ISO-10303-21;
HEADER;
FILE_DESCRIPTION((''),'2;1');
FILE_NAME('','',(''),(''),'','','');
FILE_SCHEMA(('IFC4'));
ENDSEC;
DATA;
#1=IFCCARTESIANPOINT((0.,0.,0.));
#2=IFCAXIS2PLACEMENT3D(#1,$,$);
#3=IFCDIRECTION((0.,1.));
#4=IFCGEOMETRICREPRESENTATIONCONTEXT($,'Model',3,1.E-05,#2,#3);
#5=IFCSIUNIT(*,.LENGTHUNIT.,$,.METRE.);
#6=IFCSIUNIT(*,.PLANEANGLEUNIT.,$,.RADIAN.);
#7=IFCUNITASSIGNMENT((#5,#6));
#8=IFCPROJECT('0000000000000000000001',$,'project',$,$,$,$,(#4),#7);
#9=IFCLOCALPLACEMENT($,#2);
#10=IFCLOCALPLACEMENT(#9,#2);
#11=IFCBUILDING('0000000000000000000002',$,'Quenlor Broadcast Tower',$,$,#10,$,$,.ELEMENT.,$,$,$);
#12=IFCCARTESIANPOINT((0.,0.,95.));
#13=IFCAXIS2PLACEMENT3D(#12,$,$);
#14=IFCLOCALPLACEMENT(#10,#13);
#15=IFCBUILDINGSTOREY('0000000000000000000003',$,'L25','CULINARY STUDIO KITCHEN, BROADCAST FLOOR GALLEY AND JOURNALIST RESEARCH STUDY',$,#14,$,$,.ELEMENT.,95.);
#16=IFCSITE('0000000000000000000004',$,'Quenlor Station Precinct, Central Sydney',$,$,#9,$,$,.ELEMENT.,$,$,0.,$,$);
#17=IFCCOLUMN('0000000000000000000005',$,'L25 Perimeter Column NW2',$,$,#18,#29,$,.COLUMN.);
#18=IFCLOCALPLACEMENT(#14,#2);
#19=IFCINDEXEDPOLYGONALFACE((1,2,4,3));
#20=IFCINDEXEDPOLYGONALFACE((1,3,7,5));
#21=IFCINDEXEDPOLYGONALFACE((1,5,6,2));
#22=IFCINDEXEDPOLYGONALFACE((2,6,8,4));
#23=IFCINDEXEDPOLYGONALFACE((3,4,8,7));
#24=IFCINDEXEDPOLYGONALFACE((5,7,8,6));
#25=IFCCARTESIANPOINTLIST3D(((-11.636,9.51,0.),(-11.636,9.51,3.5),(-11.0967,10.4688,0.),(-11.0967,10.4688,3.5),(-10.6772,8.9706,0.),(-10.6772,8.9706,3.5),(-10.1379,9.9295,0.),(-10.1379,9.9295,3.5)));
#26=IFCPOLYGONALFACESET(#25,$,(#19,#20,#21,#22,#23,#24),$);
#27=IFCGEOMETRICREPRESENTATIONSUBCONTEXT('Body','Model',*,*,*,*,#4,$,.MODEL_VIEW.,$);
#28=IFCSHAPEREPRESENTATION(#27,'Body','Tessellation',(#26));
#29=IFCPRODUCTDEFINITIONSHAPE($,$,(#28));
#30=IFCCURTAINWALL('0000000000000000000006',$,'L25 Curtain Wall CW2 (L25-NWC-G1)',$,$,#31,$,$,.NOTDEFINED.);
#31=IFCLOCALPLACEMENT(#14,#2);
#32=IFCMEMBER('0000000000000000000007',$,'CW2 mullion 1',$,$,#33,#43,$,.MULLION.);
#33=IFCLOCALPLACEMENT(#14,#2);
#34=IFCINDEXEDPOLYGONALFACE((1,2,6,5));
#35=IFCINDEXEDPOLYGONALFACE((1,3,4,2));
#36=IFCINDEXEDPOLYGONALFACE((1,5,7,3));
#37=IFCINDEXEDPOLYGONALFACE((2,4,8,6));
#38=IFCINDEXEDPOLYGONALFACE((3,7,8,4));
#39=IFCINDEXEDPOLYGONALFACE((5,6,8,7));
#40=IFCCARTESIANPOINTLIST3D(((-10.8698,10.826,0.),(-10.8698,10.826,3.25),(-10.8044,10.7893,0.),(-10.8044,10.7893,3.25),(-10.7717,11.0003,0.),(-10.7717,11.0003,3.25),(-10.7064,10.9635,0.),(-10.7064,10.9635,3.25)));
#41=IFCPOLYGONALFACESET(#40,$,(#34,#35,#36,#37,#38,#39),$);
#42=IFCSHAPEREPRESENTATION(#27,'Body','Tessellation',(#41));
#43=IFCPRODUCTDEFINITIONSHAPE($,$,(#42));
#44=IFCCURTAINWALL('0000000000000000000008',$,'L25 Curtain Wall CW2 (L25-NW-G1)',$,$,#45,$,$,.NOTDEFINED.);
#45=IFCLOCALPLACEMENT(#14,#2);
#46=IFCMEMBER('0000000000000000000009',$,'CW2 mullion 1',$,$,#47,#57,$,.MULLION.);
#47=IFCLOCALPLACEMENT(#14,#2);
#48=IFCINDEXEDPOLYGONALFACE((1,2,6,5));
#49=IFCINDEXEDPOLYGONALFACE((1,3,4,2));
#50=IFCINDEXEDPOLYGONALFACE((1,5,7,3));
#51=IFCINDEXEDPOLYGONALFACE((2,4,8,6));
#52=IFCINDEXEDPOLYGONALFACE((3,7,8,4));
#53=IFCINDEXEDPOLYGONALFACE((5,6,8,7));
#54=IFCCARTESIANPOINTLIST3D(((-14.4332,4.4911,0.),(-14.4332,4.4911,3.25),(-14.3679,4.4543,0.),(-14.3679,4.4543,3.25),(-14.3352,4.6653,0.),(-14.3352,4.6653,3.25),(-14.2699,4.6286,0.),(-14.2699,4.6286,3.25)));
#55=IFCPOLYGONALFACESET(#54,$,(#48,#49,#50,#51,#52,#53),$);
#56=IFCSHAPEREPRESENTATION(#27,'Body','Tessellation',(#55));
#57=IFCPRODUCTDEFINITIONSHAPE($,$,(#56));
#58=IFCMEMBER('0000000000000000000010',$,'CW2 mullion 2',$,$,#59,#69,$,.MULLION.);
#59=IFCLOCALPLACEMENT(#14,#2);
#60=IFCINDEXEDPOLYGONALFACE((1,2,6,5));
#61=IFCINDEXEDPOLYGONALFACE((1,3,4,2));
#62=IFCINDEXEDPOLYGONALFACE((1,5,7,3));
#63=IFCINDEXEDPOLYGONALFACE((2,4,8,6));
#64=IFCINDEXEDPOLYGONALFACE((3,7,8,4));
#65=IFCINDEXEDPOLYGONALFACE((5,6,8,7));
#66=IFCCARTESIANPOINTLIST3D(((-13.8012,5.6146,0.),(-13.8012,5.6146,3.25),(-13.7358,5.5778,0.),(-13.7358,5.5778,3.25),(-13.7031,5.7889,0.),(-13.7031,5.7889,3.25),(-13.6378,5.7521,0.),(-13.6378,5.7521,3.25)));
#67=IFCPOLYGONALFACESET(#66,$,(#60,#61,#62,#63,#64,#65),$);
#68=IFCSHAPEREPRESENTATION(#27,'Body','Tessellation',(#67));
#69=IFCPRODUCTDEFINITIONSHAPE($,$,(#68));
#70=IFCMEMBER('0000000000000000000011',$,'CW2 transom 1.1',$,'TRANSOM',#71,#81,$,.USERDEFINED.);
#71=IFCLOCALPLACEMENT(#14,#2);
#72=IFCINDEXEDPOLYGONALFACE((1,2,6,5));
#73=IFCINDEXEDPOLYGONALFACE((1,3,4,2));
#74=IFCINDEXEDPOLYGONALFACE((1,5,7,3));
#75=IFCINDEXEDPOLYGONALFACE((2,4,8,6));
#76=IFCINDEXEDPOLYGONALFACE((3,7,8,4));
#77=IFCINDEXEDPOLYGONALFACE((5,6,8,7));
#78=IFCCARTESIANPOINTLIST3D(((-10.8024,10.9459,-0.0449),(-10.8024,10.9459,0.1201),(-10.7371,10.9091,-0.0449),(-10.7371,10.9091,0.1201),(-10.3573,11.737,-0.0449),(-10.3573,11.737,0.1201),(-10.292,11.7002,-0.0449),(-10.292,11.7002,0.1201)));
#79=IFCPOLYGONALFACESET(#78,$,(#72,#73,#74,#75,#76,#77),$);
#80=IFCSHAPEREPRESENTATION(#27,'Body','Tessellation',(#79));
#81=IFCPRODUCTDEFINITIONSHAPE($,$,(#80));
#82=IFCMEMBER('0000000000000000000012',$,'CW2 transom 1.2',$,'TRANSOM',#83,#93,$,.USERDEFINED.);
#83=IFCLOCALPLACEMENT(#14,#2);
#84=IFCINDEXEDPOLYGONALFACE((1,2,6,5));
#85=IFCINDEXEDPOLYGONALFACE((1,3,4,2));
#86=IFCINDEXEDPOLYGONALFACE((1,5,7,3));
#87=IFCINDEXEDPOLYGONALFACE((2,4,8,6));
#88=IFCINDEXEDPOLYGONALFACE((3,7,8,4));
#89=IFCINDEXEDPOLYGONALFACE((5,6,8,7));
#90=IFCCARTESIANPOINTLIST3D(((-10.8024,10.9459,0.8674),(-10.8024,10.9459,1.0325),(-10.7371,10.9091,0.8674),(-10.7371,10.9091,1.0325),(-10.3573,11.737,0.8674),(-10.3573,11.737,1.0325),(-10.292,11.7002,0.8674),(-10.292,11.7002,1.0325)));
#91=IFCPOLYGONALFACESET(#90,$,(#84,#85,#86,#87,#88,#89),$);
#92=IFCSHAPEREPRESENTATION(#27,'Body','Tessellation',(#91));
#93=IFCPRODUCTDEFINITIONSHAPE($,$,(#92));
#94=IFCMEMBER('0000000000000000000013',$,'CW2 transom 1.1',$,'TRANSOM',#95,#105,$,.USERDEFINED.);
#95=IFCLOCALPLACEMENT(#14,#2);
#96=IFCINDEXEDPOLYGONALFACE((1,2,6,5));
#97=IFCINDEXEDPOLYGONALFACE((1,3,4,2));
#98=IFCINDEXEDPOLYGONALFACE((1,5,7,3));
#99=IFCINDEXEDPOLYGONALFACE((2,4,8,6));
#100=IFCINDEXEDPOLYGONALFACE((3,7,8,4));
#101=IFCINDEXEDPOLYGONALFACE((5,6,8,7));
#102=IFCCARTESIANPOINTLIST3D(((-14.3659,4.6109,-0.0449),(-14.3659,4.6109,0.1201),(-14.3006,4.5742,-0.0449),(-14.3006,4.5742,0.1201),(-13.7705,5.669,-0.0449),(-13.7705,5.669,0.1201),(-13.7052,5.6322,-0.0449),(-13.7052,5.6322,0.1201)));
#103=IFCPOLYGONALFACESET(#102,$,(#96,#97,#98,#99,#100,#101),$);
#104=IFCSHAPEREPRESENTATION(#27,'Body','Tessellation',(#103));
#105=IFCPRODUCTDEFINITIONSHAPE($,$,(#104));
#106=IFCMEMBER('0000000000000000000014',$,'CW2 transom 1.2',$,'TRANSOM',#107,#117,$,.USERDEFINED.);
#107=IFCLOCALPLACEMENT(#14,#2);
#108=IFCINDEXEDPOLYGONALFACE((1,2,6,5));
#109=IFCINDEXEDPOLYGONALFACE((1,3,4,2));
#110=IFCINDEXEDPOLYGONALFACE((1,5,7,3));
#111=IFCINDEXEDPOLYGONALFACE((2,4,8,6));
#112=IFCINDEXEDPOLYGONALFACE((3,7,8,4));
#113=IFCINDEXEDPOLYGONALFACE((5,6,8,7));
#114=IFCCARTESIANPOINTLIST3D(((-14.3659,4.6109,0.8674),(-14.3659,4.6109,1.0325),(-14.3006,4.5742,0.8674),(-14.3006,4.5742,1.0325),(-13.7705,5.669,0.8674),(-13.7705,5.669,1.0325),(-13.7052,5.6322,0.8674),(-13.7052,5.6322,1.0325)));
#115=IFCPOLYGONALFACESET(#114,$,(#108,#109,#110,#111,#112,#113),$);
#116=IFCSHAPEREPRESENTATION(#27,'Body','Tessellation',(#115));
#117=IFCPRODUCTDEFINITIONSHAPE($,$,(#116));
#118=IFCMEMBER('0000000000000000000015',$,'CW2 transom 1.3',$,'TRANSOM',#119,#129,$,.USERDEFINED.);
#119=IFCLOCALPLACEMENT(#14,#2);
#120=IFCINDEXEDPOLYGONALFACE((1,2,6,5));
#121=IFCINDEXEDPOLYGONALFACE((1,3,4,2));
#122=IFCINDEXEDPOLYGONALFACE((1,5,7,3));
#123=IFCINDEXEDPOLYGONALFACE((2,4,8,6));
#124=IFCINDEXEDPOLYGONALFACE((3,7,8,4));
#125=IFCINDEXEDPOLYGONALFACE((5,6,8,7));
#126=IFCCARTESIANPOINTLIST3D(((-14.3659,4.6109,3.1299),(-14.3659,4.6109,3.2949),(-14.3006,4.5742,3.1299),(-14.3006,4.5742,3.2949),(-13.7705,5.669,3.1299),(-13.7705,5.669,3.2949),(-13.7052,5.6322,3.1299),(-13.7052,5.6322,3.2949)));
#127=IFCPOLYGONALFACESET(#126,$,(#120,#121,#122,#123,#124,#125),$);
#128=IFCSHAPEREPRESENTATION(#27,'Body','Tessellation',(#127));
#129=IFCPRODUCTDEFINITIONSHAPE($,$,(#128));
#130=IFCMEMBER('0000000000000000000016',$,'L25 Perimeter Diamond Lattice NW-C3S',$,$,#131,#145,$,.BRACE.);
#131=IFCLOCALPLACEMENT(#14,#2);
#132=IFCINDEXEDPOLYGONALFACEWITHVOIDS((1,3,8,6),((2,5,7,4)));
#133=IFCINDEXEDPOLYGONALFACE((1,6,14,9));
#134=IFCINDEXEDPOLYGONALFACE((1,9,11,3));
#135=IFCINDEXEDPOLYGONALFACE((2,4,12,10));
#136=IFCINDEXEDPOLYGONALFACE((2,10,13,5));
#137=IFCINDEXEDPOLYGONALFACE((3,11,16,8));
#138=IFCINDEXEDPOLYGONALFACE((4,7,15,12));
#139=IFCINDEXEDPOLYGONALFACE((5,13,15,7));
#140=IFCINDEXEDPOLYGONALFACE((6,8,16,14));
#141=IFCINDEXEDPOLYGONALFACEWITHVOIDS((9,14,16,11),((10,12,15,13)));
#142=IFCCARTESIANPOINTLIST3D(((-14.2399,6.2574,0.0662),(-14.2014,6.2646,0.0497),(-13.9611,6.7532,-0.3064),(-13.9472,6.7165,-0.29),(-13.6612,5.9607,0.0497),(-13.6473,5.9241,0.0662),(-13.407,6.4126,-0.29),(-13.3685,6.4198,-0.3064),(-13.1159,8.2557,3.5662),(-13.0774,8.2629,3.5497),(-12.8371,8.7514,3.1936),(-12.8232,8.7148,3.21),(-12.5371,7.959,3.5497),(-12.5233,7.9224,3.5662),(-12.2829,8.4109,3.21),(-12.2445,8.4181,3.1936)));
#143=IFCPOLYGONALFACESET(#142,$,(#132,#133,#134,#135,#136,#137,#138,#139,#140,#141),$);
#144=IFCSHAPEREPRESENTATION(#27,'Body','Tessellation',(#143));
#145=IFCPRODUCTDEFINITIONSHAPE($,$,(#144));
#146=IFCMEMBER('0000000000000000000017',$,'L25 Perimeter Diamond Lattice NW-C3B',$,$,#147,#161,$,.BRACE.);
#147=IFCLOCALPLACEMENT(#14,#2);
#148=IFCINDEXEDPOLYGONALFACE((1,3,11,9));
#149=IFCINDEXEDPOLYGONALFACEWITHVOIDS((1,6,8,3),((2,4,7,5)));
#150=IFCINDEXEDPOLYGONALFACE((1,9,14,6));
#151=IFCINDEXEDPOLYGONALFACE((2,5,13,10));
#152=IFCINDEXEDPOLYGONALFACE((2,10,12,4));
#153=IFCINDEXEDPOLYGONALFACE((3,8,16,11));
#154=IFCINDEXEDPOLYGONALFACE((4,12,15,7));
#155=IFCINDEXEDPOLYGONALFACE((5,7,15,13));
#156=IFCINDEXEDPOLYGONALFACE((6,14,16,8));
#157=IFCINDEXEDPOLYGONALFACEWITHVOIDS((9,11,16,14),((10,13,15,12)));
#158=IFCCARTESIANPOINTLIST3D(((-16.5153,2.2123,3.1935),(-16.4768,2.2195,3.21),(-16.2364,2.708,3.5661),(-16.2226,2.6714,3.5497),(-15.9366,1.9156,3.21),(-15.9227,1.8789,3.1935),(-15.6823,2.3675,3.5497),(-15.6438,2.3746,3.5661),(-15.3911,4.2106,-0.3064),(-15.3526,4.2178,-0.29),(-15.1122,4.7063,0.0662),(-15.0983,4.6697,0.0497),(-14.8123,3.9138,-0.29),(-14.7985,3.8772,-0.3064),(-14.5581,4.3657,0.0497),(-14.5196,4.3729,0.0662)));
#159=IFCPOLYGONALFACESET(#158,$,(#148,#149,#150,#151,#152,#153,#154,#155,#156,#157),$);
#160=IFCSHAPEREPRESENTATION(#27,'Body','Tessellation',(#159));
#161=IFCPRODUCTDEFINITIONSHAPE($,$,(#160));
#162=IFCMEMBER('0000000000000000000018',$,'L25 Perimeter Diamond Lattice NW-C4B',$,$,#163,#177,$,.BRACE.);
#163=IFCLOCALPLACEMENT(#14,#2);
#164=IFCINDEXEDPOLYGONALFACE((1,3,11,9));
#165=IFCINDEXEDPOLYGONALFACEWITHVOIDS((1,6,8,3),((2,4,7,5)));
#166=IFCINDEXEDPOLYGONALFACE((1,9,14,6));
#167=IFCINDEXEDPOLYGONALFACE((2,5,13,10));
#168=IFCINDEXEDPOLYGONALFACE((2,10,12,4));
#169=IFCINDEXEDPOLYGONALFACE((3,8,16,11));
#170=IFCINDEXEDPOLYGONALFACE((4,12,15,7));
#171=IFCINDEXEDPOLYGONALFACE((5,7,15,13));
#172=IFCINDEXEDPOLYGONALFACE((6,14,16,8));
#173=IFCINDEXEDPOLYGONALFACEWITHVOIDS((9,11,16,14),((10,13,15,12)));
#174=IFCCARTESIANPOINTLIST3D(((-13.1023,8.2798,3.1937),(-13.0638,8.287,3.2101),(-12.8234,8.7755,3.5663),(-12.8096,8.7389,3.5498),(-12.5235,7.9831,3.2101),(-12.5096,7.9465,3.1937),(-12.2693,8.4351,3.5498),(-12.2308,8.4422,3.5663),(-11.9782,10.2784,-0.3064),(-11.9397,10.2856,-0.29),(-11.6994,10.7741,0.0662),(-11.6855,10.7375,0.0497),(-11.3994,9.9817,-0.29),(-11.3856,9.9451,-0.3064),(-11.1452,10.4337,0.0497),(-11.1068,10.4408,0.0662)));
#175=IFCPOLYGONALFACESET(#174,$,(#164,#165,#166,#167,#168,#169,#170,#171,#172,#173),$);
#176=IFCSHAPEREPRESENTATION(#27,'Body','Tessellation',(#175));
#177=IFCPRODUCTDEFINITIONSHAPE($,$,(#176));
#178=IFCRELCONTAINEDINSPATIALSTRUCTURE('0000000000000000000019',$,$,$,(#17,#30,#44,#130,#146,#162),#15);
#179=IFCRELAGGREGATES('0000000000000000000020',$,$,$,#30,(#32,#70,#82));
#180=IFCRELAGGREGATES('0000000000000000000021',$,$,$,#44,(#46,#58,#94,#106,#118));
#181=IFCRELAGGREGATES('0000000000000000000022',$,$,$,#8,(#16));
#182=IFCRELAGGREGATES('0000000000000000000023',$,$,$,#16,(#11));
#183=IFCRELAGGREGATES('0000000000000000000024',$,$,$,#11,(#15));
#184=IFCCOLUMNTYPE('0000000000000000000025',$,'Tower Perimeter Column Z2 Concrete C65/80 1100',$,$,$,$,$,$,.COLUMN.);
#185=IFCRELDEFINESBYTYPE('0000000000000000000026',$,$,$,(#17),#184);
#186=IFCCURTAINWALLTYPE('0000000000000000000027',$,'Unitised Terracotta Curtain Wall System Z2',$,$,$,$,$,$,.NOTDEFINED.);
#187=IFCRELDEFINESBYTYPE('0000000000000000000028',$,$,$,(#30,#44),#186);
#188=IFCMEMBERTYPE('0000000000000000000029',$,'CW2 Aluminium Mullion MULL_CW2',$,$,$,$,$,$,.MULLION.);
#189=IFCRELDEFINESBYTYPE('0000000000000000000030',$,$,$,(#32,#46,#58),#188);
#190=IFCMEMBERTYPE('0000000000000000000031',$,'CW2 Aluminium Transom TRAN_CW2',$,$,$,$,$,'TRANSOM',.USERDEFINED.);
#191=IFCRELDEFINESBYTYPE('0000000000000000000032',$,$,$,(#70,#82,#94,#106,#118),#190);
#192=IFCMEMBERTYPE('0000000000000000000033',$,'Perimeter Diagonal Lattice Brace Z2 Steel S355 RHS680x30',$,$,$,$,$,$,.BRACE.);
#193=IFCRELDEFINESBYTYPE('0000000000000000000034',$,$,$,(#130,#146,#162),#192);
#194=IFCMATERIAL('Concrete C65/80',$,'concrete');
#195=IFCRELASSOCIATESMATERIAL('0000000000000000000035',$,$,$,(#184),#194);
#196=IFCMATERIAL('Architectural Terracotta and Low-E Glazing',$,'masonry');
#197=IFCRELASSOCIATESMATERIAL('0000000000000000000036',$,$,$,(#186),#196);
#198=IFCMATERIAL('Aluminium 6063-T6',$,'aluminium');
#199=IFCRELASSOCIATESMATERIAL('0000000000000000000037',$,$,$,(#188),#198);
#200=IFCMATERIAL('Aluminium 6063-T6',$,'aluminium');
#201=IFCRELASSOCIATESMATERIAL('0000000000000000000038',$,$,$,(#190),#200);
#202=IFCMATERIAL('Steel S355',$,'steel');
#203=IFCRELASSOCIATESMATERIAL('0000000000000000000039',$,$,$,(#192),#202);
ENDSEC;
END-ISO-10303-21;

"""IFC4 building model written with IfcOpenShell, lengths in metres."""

from ifc_helpers import new_model, si_unit, direction, frame, origin, origin_2d, place, context, subcontext, project, spatial, rectangle, hollow_rectangle, extrude, material, material_profile, profile_set, type_object, element, aggregate, save


model = new_model("IFC4")

# Units and contexts
model_context = context("Model", 3, precision=1e-05, world=origin(), true_north=direction((0.0, 1.0)))
body_context = subcontext(model_context, "Body", "Model", "MODEL_VIEW")
ifc_project = project(units=[si_unit("LENGTHUNIT", "METRE"), si_unit("PLANEANGLEUNIT", "RADIAN")], contexts=[model_context])

# Site, building, storey
site_placement = place(None, origin())
site = spatial("IfcSite", under=ifc_project, at=site_placement, Name="Quenlor Station Precinct, Central Sydney", CompositionType="ELEMENT", RefElevation=0.0)
building_placement = place(site_placement, origin())
building = spatial("IfcBuilding", under=site, at=building_placement, Name="Quenlor Broadcast Tower", CompositionType="ELEMENT")
storey_placement = place(building_placement, frame((0.0, 0.0, 95.0)))
storey = spatial("IfcBuildingStorey", under=building, at=storey_placement, Name="L25", Description="CULINARY STUDIO KITCHEN, BROADCAST FLOOR GALLEY AND JOURNALIST RESEARCH STUDY", CompositionType="ELEMENT", Elevation=95.0)

# Column
ifc_material_1 = material(Name="Concrete C65/80", Category="concrete")
ifc_material_profile_1 = material_profile(ifc_material_1, rectangle(XDim=1.1001, YDim=1.1001, at=origin_2d()))
ifc_profile_set_1 = profile_set([ifc_material_profile_1], Name="Concrete C65/80 RC1100x1100")
column_type = type_object("IfcColumnType", Name="Tower Perimeter Column Z2 Concrete C65/80 1100", PredefinedType="COLUMN", material=ifc_profile_set_1)
column_placement = place(storey_placement, frame((-10.887, 9.7197, 0.0), z_axis=(0.0, 0.0, 1.0), x_axis=(-0.871575, 0.490262, 0.0)))
element("IfcColumn", 1, at=column_placement, inside=storey, type_object=column_type, Name="L25 Perimeter Column NW2", PredefinedType="COLUMN", context=body_context, shape_type="SweptSolid", body=[
    extrude(rectangle(XDim=1.1001, YDim=1.1001, at=origin_2d()), origin(), (0.0, 0.0, 1.0), 3.5),
])

# Curtain wall, member
ifc_material_2 = material(Name="Architectural Terracotta and Low-E Glazing", Category="masonry")
curtain_wall_type = type_object("IfcCurtainWallType", Name="Unitised Terracotta Curtain Wall System Z2", PredefinedType="NOTDEFINED", material=ifc_material_2)
curtain_wall_1_placement = place(storey_placement, origin())
curtain_wall_1 = element("IfcCurtainWall", 2, at=curtain_wall_1_placement, inside=storey, type_object=curtain_wall_type, Name="L25 Curtain Wall CW2 (L25-NWC-G1)", PredefinedType="NOTDEFINED")
ifc_material_3 = material(Name="Aluminium 6063-T6", Category="aluminium")
ifc_material_profile_2 = material_profile(ifc_material_3, rectangle(XDim=0.075, YDim=0.2, at=origin_2d()))
ifc_profile_set_2 = profile_set([ifc_material_profile_2], Name="Aluminium 6063-T6 MULL75x200")
member_type_1 = type_object("IfcMemberType", Name="CW2 Aluminium Mullion MULL_CW2", PredefinedType="MULLION", material=ifc_profile_set_2)
member_1_placement = place(storey_placement, frame((-10.7881, 10.8948, 0.0), z_axis=(0.0, 0.0, 1.0), x_axis=(-0.871581, 0.490252, 0.0)))
member_1 = element("IfcMember", 3, at=member_1_placement, type_object=member_type_1, Name="CW2 mullion 1", PredefinedType="MULLION", context=body_context, shape_type="SweptSolid", body=[
    extrude(rectangle(XDim=0.075, YDim=0.2, at=origin_2d()), origin(), (0.0, 0.0, 1.0), 3.25),
])

# Curtain wall, members
curtain_wall_2_placement = place(storey_placement, origin())
curtain_wall_2 = element("IfcCurtainWall", 4, at=curtain_wall_2_placement, inside=storey, type_object=curtain_wall_type, Name="L25 Curtain Wall CW2 (L25-NW-G1)", PredefinedType="NOTDEFINED")
member_2_placement = place(storey_placement, frame((-14.3516, 4.5598, 0.0), z_axis=(0.0, 0.0, 1.0), x_axis=(-0.871579, 0.490254, 0.0)))
member_2 = element("IfcMember", 5, at=member_2_placement, type_object=member_type_1, Name="CW2 mullion 1", PredefinedType="MULLION", context=body_context, shape_type="SweptSolid", body=[
    extrude(rectangle(XDim=0.075, YDim=0.2, at=origin_2d()), origin(), (0.0, 0.0, 1.0), 3.25),
])
member_3_placement = place(storey_placement, frame((-13.7195, 5.6833, 0.0), z_axis=(0.0, 0.0, 1.0), x_axis=(-0.871579, 0.490254, 0.0)))
member_3 = element("IfcMember", 6, at=member_3_placement, type_object=member_type_1, Name="CW2 mullion 2", PredefinedType="MULLION", context=body_context, shape_type="SweptSolid", body=[
    extrude(rectangle(XDim=0.075, YDim=0.2, at=origin_2d()), origin(), (0.0, 0.0, 1.0), 3.25),
])

# Members
ifc_material_4 = material(Name="Aluminium 6063-T6", Category="aluminium")
ifc_material_profile_3 = material_profile(ifc_material_4, rectangle(XDim=0.075, YDim=0.165, at=origin_2d()))
ifc_profile_set_3 = profile_set([ifc_material_profile_3], Name="Aluminium 6063-T6 TRAN75x165")
member_type_2 = type_object("IfcMemberType", Name="CW2 Aluminium Transom TRAN_CW2", ElementType="TRANSOM", PredefinedType="USERDEFINED", material=ifc_profile_set_3)
member_4_placement = place(storey_placement, frame((-10.7698, 10.9275, 0.0376), z_axis=(0.490363, 0.871518, 0.0), x_axis=(-0.871518, 0.490363, 0.0)))
member_4 = element("IfcMember", 7, at=member_4_placement, type_object=member_type_2, Name="CW2 transom 1.1", ObjectType="TRANSOM", PredefinedType="USERDEFINED", context=body_context, shape_type="SweptSolid", body=[
    extrude(rectangle(XDim=0.075, YDim=0.165, at=origin_2d()), origin(), (0.0, 0.0, 1.0), 0.9077),
])
member_5_placement = place(storey_placement, frame((-10.7698, 10.9275, 0.95), z_axis=(0.490363, 0.871518, 0.0), x_axis=(-0.871518, 0.490363, 0.0)))
member_5 = element("IfcMember", 8, at=member_5_placement, type_object=member_type_2, Name="CW2 transom 1.2", ObjectType="TRANSOM", PredefinedType="USERDEFINED", context=body_context, shape_type="SweptSolid", body=[
    extrude(rectangle(XDim=0.075, YDim=0.165, at=origin_2d()), origin(), (0.0, 0.0, 1.0), 0.9077),
])
aggregate(curtain_wall_1, [member_1, member_4, member_5])
member_6_placement = place(storey_placement, frame((-14.3333, 4.5925, 0.0376), z_axis=(0.490433, 0.871479, 0.0), x_axis=(-0.871479, 0.490433, 0.0)))
member_6 = element("IfcMember", 9, at=member_6_placement, type_object=member_type_2, Name="CW2 transom 1.1", ObjectType="TRANSOM", PredefinedType="USERDEFINED", context=body_context, shape_type="SweptSolid", body=[
    extrude(rectangle(XDim=0.075, YDim=0.165, at=origin_2d()), origin(), (0.0, 0.0, 1.0), 1.2141),
])
member_7_placement = place(storey_placement, frame((-14.3333, 4.5925, 0.95), z_axis=(0.490433, 0.871479, 0.0), x_axis=(-0.871479, 0.490433, 0.0)))
member_7 = element("IfcMember", 10, at=member_7_placement, type_object=member_type_2, Name="CW2 transom 1.2", ObjectType="TRANSOM", PredefinedType="USERDEFINED", context=body_context, shape_type="SweptSolid", body=[
    extrude(rectangle(XDim=0.075, YDim=0.165, at=origin_2d()), origin(), (0.0, 0.0, 1.0), 1.2141),
])
member_8_placement = place(storey_placement, frame((-14.3333, 4.5925, 3.2124), z_axis=(0.490433, 0.871479, 0.0), x_axis=(-0.871479, 0.490433, 0.0)))
member_8 = element("IfcMember", 11, at=member_8_placement, type_object=member_type_2, Name="CW2 transom 1.3", ObjectType="TRANSOM", PredefinedType="USERDEFINED", context=body_context, shape_type="SweptSolid", body=[
    extrude(rectangle(XDim=0.075, YDim=0.165, at=origin_2d()), origin(), (0.0, 0.0, 1.0), 1.2141),
])

# Members
ifc_material_5 = material(Name="Steel S355", Category="steel")
ifc_material_profile_4 = material_profile(ifc_material_5, hollow_rectangle(XDim=0.6799, YDim=0.6799, WallThickness=0.03, at=origin_2d()))
ifc_profile_set_4 = profile_set([ifc_material_profile_4], Name="Steel S355 RHS680x680x30")
member_type_3 = type_object("IfcMemberType", Name="Perimeter Diagonal Lattice Brace Z2 Steel S355 RHS680x30", PredefinedType="BRACE", material=ifc_profile_set_4)
for number, where, z_axis, x_axis, name in (
    (12, (-13.8042, 6.3386, -0.1201), (0.268642, 0.477593, 0.836502), (-0.871578, 0.490256, 0.0), "L25 Perimeter Diamond Lattice NW-C3S"),
    (13, (-14.9553, 4.2917, -0.1201), (-0.268697, -0.477585, 0.836489), (0.871533, -0.490337, 0.0), "L25 Perimeter Diamond Lattice NW-C3B"),
):
    element("IfcMember", number, at=place(storey_placement, frame(where, z_axis=z_axis, x_axis=x_axis)), inside=storey, type_object=member_type_3, Name=name, PredefinedType="BRACE", context=body_context, shape_type="SweptSolid", body=[
        extrude(hollow_rectangle(XDim=0.6799, YDim=0.6799, WallThickness=0.03, at=origin_2d()), origin(), (0.0, 0.0, 1.0), 4.1841),
    ])
member_9_placement = place(storey_placement, frame((-11.5425, 10.3596, -0.1201), z_axis=(-0.268635, -0.477638, 0.836479), x_axis=(0.871604, -0.490211, 0.0)))
element("IfcMember", 14, at=member_9_placement, inside=storey, type_object=member_type_3, Name="L25 Perimeter Diamond Lattice NW-C4B", PredefinedType="BRACE", context=body_context, shape_type="SweptSolid", body=[
    extrude(hollow_rectangle(XDim=0.6799, YDim=0.6799, WallThickness=0.03, at=origin_2d()), origin(), (0.0, 0.0, 1.0), 4.1843),
])

aggregate(curtain_wall_2, [member_2, member_3, member_6, member_7, member_8])

save(model, "model.ifc")
